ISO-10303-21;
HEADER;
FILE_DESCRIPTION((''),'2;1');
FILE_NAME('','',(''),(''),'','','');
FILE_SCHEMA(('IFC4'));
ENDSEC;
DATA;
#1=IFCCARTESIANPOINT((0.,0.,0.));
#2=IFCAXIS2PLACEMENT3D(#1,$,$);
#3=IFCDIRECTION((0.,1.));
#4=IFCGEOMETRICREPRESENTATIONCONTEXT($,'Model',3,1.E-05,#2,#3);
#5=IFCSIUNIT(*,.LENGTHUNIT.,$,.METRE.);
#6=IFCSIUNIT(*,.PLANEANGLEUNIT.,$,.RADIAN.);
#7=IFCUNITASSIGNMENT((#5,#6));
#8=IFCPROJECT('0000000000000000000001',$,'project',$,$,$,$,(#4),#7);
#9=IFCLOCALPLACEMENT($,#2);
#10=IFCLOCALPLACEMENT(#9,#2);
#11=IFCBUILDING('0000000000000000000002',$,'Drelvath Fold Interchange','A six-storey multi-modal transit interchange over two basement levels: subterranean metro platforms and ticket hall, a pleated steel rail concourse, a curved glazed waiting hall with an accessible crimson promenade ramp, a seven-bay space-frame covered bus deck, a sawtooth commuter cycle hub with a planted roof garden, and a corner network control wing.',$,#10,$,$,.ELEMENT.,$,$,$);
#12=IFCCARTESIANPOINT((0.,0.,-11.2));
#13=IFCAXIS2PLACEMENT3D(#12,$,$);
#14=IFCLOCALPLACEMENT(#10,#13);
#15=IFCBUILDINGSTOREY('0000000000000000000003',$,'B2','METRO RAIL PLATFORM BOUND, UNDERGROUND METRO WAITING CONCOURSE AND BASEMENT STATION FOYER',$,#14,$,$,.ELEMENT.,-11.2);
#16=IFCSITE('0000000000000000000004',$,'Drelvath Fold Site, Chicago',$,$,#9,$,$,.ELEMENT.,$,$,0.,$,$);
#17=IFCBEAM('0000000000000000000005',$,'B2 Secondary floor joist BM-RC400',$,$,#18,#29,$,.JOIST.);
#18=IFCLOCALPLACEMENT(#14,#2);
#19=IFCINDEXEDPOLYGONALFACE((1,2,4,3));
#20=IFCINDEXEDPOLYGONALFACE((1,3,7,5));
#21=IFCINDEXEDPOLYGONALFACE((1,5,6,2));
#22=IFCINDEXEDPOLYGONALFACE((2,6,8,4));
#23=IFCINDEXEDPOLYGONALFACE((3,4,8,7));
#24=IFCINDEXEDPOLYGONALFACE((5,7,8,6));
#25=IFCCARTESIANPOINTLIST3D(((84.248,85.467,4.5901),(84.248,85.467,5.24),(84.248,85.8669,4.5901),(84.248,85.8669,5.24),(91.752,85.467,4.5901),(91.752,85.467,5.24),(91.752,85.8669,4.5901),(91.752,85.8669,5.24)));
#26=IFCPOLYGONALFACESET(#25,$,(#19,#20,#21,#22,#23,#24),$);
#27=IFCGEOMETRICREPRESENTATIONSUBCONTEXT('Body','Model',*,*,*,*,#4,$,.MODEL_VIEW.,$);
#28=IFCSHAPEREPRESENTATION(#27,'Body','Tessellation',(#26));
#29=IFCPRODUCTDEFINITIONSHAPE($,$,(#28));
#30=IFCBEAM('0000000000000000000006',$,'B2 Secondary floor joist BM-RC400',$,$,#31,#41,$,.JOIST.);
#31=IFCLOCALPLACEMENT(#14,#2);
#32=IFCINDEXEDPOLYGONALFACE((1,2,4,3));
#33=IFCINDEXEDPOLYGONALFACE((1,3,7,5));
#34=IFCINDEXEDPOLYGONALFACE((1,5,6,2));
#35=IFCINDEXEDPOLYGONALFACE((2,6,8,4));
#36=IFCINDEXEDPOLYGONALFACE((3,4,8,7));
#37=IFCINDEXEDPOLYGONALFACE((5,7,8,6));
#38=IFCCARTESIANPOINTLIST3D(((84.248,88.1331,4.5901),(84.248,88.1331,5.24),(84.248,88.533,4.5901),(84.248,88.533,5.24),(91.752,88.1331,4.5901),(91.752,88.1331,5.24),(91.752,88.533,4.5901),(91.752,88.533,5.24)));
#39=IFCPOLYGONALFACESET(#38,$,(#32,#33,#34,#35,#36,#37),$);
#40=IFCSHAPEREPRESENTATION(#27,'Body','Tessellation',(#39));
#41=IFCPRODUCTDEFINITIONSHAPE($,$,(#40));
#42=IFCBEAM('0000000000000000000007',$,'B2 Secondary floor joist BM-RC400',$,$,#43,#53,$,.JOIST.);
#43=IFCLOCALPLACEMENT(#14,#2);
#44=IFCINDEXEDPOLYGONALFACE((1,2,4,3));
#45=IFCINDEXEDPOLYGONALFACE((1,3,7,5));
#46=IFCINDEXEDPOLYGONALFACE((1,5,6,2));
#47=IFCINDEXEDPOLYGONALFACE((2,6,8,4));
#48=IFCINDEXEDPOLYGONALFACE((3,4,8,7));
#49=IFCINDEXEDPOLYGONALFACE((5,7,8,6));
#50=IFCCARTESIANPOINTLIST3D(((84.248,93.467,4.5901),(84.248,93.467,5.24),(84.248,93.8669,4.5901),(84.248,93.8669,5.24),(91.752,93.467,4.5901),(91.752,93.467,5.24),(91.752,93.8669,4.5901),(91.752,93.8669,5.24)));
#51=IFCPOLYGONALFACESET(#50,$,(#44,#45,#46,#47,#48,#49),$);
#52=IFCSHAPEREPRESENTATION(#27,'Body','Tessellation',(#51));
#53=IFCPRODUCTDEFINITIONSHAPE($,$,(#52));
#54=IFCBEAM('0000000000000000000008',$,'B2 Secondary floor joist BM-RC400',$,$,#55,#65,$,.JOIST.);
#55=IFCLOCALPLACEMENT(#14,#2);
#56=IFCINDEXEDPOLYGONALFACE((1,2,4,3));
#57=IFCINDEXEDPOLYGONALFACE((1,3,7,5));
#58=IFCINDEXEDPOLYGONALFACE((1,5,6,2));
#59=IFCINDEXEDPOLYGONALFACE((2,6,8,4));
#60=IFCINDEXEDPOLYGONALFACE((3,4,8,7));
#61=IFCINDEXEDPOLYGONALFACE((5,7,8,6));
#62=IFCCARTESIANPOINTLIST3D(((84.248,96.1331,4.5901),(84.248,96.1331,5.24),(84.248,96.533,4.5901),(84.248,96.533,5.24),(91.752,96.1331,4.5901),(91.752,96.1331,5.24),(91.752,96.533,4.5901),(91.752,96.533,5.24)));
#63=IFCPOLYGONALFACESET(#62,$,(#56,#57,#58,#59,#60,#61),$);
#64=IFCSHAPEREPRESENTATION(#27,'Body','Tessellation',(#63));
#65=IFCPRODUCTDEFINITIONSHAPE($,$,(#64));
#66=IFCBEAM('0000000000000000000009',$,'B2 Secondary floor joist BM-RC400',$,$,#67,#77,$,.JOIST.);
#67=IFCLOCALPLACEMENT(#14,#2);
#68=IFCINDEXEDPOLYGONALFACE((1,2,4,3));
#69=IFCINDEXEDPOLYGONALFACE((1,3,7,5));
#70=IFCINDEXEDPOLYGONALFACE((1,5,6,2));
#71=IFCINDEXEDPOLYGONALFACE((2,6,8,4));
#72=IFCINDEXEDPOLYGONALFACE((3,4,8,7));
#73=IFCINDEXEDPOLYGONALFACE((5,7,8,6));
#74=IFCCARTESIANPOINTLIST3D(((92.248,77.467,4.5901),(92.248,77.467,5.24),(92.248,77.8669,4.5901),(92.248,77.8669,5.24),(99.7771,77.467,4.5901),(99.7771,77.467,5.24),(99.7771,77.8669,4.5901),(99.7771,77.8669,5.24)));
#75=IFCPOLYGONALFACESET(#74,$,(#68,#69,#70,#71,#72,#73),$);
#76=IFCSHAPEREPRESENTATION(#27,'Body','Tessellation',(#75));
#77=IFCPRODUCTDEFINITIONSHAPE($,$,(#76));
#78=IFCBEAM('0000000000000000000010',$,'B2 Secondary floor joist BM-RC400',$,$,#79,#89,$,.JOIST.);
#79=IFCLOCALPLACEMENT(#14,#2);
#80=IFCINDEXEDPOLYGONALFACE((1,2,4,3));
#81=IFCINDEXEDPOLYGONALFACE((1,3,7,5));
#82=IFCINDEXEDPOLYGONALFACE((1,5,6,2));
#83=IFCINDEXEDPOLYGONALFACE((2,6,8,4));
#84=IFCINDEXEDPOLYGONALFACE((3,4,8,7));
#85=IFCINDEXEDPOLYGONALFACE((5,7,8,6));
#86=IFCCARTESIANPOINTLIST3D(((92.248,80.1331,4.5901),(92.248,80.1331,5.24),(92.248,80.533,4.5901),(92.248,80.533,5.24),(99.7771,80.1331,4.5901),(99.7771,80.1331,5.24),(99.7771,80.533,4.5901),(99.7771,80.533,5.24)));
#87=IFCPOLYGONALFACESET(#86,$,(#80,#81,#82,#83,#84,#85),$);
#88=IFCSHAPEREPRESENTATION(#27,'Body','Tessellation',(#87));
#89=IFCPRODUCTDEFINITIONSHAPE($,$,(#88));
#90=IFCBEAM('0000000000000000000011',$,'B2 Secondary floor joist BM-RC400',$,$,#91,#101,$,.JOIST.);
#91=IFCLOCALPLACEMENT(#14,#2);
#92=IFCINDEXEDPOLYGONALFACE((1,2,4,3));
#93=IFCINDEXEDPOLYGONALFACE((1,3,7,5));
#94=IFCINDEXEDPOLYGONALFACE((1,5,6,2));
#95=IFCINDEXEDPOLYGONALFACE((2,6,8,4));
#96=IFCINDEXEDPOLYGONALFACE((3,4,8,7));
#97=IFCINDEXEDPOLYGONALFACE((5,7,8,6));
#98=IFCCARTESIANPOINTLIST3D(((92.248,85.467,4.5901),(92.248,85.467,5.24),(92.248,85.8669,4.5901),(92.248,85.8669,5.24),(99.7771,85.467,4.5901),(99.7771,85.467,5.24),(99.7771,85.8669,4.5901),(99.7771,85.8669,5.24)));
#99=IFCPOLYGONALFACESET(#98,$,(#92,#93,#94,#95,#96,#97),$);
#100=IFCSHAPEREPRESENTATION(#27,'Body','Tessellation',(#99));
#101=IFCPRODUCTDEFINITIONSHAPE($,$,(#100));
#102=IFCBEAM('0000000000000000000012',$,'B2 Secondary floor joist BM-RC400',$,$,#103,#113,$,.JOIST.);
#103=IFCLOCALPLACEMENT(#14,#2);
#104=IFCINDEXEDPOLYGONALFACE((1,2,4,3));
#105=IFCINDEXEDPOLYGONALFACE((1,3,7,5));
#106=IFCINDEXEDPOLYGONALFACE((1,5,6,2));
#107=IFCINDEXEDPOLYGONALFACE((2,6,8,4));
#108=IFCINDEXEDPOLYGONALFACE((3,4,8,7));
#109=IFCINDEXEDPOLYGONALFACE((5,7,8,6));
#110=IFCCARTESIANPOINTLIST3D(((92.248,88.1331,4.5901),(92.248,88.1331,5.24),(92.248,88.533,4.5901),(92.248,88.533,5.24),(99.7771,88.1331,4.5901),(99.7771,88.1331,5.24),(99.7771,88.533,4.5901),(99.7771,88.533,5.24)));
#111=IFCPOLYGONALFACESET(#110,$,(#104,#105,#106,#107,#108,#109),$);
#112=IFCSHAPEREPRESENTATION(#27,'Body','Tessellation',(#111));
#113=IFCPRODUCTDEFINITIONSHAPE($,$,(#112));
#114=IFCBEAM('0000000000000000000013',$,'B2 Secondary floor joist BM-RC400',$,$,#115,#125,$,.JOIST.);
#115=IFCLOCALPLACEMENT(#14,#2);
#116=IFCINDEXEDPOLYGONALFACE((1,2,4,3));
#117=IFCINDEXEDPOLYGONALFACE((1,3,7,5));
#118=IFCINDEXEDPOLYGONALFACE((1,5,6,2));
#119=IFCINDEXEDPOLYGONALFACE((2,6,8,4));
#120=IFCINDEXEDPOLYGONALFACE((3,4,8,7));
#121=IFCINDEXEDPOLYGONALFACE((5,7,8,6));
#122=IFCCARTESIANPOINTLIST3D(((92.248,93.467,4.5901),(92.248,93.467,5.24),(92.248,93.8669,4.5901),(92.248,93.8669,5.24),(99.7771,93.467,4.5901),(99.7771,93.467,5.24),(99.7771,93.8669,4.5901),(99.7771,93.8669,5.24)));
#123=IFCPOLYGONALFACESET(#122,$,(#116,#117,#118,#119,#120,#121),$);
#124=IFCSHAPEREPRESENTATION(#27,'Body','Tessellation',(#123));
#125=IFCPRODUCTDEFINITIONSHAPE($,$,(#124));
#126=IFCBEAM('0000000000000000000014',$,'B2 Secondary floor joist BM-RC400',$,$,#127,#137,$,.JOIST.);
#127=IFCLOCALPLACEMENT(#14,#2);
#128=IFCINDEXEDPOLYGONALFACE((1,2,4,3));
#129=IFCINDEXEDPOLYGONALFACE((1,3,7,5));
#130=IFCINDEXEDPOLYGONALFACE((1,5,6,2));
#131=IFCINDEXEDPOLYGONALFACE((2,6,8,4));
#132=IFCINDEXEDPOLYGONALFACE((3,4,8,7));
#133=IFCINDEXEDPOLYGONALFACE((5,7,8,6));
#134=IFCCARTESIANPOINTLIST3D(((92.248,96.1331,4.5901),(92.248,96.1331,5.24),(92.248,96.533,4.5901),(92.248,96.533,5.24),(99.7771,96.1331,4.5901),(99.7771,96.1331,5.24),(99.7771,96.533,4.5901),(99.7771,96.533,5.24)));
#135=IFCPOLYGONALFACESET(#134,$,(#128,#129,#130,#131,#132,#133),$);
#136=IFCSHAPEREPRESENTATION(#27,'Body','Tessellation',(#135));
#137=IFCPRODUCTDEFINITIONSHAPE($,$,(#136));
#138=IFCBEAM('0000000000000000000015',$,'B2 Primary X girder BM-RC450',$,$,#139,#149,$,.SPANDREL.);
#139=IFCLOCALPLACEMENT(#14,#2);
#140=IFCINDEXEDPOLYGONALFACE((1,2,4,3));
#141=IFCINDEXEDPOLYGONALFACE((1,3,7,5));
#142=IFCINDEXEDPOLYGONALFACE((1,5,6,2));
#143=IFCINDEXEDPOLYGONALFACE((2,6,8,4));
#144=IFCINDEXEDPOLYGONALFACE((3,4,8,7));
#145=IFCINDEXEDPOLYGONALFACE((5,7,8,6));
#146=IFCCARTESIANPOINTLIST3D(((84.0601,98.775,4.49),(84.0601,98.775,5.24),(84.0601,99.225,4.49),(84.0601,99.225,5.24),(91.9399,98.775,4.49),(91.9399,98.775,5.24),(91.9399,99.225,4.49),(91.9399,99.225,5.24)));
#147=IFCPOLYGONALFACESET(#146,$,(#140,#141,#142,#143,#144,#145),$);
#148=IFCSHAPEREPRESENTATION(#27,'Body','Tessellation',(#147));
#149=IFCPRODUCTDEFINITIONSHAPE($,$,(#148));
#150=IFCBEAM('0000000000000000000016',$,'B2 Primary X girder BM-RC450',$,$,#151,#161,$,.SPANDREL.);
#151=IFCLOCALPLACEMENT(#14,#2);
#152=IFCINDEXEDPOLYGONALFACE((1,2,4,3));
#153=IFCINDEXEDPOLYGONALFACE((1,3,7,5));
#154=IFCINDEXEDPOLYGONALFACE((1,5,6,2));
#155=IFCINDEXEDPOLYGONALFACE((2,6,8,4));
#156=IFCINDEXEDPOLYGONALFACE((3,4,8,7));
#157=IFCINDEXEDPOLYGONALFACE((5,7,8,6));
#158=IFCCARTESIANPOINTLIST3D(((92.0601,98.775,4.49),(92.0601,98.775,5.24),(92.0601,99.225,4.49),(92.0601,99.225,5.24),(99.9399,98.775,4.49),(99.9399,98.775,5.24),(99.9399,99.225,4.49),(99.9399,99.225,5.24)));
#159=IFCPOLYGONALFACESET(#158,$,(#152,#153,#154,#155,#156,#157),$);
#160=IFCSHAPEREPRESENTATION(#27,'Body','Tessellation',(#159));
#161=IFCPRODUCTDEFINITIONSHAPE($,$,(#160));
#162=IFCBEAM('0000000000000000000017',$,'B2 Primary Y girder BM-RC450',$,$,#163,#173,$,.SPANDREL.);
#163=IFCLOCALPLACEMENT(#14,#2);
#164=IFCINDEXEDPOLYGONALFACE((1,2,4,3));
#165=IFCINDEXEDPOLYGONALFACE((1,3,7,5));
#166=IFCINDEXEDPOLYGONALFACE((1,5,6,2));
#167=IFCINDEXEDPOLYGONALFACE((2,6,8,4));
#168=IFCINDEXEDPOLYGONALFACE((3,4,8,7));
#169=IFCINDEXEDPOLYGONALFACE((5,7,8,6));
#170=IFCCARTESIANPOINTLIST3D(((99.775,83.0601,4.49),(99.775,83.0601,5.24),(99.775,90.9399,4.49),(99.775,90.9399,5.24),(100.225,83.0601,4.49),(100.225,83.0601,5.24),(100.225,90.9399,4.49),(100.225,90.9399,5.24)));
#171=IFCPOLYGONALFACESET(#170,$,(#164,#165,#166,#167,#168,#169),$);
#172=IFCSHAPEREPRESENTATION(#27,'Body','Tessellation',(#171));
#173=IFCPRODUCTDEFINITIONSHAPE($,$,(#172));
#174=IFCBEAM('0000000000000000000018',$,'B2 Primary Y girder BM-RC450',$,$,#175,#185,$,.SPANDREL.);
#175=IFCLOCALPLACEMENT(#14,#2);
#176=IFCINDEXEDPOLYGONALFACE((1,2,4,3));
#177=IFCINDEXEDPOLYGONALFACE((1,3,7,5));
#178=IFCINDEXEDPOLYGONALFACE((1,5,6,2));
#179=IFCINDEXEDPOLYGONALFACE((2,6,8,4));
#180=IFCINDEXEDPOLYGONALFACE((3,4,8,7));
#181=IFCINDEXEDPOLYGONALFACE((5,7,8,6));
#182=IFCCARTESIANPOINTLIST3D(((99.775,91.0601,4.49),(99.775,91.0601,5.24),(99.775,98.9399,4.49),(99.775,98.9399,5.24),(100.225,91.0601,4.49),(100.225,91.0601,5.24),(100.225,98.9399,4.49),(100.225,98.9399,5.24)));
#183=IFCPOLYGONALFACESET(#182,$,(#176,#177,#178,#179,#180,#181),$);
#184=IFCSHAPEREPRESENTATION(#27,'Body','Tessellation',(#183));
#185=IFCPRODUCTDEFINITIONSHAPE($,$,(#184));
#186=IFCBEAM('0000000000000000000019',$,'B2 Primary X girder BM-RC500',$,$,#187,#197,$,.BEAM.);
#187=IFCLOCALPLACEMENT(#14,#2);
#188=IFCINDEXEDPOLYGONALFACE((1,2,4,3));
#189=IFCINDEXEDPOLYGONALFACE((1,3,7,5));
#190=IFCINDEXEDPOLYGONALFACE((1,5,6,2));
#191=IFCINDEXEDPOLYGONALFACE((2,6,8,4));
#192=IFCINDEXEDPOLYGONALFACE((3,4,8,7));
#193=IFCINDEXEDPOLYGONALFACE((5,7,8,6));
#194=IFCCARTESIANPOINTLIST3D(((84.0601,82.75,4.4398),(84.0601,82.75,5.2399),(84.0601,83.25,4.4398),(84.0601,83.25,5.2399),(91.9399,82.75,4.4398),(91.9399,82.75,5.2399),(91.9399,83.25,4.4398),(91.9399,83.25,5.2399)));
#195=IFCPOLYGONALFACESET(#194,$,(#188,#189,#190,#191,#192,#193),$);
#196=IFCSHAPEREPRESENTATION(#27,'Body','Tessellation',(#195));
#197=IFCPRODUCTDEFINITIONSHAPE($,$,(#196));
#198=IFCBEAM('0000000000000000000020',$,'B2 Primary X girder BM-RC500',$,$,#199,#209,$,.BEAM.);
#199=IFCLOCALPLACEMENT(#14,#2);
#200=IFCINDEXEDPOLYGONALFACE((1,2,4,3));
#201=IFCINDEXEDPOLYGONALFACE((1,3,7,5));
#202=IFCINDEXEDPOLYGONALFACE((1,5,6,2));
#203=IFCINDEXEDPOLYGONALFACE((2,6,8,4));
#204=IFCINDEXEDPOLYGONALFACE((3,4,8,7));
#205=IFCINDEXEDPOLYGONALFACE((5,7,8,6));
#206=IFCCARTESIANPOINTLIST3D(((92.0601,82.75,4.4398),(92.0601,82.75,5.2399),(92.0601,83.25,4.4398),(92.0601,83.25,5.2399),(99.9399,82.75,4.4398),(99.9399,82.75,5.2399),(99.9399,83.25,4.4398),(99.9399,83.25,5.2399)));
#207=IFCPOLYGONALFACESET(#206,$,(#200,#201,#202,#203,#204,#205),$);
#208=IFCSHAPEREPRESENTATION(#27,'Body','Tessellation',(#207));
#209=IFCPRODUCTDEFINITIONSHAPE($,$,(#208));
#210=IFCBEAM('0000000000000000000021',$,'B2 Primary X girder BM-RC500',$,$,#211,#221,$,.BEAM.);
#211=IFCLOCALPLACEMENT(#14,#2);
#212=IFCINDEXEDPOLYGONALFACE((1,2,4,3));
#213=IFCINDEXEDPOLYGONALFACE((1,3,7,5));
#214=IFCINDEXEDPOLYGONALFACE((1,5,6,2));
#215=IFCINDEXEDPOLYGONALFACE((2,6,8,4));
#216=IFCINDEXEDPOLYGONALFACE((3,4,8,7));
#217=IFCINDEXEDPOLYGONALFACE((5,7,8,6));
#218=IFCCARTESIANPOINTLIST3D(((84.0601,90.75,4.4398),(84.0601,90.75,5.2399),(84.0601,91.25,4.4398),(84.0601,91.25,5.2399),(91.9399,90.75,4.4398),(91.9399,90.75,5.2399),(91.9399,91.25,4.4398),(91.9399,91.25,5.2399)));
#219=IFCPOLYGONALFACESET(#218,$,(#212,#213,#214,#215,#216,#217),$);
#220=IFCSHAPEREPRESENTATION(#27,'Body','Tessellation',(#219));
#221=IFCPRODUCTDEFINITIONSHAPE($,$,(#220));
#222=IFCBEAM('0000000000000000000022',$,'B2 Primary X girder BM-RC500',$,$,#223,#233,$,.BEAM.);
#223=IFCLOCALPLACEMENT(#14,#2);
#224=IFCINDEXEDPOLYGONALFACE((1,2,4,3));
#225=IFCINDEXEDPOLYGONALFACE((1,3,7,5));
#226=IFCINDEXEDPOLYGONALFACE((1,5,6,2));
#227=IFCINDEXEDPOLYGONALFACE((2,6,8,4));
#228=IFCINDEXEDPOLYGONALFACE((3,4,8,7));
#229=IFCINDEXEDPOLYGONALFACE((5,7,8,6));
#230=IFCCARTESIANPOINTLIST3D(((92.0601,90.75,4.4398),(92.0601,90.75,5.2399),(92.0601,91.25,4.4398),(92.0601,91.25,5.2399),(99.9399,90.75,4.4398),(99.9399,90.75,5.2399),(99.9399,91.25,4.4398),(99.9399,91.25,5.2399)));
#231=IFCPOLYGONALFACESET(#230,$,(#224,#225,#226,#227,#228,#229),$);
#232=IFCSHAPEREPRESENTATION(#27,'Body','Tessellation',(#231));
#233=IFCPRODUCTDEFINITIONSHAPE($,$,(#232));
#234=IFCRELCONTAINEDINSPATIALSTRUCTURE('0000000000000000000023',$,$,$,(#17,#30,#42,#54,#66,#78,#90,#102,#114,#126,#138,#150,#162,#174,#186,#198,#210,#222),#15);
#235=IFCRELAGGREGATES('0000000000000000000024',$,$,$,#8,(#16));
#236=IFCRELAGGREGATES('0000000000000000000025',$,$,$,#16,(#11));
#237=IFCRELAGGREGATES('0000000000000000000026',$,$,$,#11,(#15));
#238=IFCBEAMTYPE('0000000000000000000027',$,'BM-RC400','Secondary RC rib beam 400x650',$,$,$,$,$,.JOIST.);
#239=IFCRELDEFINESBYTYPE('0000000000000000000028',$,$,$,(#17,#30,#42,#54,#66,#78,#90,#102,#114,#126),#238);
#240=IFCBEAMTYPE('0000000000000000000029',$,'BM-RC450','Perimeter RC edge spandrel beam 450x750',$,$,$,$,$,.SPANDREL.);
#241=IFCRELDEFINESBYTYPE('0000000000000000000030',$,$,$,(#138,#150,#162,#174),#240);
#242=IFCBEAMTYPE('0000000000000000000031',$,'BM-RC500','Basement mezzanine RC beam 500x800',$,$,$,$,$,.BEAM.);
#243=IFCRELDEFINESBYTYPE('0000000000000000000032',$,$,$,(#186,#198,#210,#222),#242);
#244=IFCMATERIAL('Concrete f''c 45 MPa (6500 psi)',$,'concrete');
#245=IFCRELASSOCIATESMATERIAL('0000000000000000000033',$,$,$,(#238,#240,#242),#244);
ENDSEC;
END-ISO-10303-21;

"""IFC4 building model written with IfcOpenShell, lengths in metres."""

from ifc_helpers import new_model, si_unit, direction, frame, origin, origin_2d, place, context, subcontext, project, spatial, rectangle, extrude, material, material_profile, profile_set, type_object, element, save


model = new_model("IFC4")

# Units and contexts
model_context = context("Model", 3, precision=1e-05, world=origin(), true_north=direction((0.0, 1.0)))
body_context = subcontext(model_context, "Body", "Model", "MODEL_VIEW")
ifc_project = project(units=[si_unit("LENGTHUNIT", "METRE"), si_unit("PLANEANGLEUNIT", "RADIAN")], contexts=[model_context])

# Site, building, storey
site_placement = place(None, origin())
site = spatial("IfcSite", under=ifc_project, at=site_placement, Name="Drelvath Fold Site, Chicago", CompositionType="ELEMENT", RefElevation=0.0)
building_placement = place(site_placement, origin())
building = spatial("IfcBuilding", under=site, at=building_placement, Name="Drelvath Fold Interchange", Description="A six-storey multi-modal transit interchange over two basement levels: subterranean metro platforms and ticket hall, a pleated steel rail concourse, a curved glazed waiting hall with an accessible crimson promenade ramp, a seven-bay space-frame covered bus deck, a sawtooth commuter cycle hub with a planted roof garden, and a corner network control wing.", CompositionType="ELEMENT")
storey_placement = place(building_placement, frame((0.0, 0.0, -11.2)))
storey = spatial("IfcBuildingStorey", under=building, at=storey_placement, Name="B2", Description="METRO RAIL PLATFORM BOUND, UNDERGROUND METRO WAITING CONCOURSE AND BASEMENT STATION FOYER", CompositionType="ELEMENT", Elevation=-11.2)

# Beams
ifc_material_1 = material(Name="Concrete f'c 45 MPa (6500 psi)", Category="concrete")
ifc_material_profile_1 = material_profile(ifc_material_1, rectangle(XDim=0.3999, YDim=0.6499, at=origin_2d()), Name="RC 400x650")
ifc_profile_set_1 = profile_set([ifc_material_profile_1], Name="Concrete f'c 45 MPa (6500 psi)")
beam_type_1 = type_object("IfcBeamType", Name="BM-RC400", Description="Secondary RC rib beam 400x650", PredefinedType="JOIST", material=ifc_profile_set_1)
for number, where, z_axis, x_axis, name in (
    (1, (84.248, 85.667, 4.915), (1.0, 0.0, 0.0), (0.0, 1.0, 0.0), "B2 Secondary floor joist BM-RC400"),
    (2, (84.248, 88.333, 4.915), (1.0, 0.0, 0.0), (0.0, 1.0, 0.0), "B2 Secondary floor joist BM-RC400"),
    (3, (84.248, 93.667, 4.915), (1.0, 0.0, 0.0), (0.0, 1.0, 0.0), "B2 Secondary floor joist BM-RC400"),
    (4, (84.248, 96.333, 4.915), (1.0, 0.0, 0.0), (0.0, 1.0, 0.0), "B2 Secondary floor joist BM-RC400"),
):
    element("IfcBeam", number, at=place(storey_placement, frame(where, z_axis=z_axis, x_axis=x_axis)), inside=storey, type_object=beam_type_1, Name=name, PredefinedType="JOIST", context=body_context, shape_type="SweptSolid", body=[
        extrude(rectangle(XDim=0.3999, YDim=0.6499, at=origin_2d()), origin(), (0.0, 0.0, 1.0), 7.5039),
    ])
for number, where, z_axis, x_axis, name in (
    (5, (92.248, 77.667, 4.915), (1.0, 0.0, 0.0), (0.0, 1.0, 0.0), "B2 Secondary floor joist BM-RC400"),
    (6, (92.248, 80.333, 4.915), (1.0, 0.0, 0.0), (0.0, 1.0, 0.0), "B2 Secondary floor joist BM-RC400"),
    (7, (92.248, 85.667, 4.915), (1.0, 0.0, 0.0), (0.0, 1.0, 0.0), "B2 Secondary floor joist BM-RC400"),
    (8, (92.248, 88.333, 4.915), (1.0, 0.0, 0.0), (0.0, 1.0, 0.0), "B2 Secondary floor joist BM-RC400"),
    (9, (92.248, 93.667, 4.915), (1.0, 0.0, 0.0), (0.0, 1.0, 0.0), "B2 Secondary floor joist BM-RC400"),
    (10, (92.248, 96.333, 4.915), (1.0, 0.0, 0.0), (0.0, 1.0, 0.0), "B2 Secondary floor joist BM-RC400"),
):
    element("IfcBeam", number, at=place(storey_placement, frame(where, z_axis=z_axis, x_axis=x_axis)), inside=storey, type_object=beam_type_1, Name=name, PredefinedType="JOIST", context=body_context, shape_type="SweptSolid", body=[
        extrude(rectangle(XDim=0.3999, YDim=0.6499, at=origin_2d()), origin(), (0.0, 0.0, 1.0), 7.5291),
    ])
ifc_material_profile_2 = material_profile(ifc_material_1, rectangle(XDim=0.45, YDim=0.75, at=origin_2d()), Name="RC 450x750")
ifc_profile_set_2 = profile_set([ifc_material_profile_2], Name="Concrete f'c 45 MPa (6500 psi)")
beam_type_2 = type_object("IfcBeamType", Name="BM-RC450", Description="Perimeter RC edge spandrel beam 450x750", PredefinedType="SPANDREL", material=ifc_profile_set_2)
for number, where, z_axis, x_axis, name in (
    (11, (84.0601, 99.0, 4.865), (1.0, 0.0, 0.0), (0.0, 1.0, 0.0), "B2 Primary X girder BM-RC450"),
    (12, (92.0601, 99.0, 4.865), (1.0, 0.0, 0.0), (0.0, 1.0, 0.0), "B2 Primary X girder BM-RC450"),
    (13, (100.0, 83.0601, 4.865), (0.0, 1.0, 0.0), (-1.0, 0.0, 0.0), "B2 Primary Y girder BM-RC450"),
    (14, (100.0, 91.0601, 4.865), (0.0, 1.0, 0.0), (-1.0, 0.0, 0.0), "B2 Primary Y girder BM-RC450"),
):
    element("IfcBeam", number, at=place(storey_placement, frame(where, z_axis=z_axis, x_axis=x_axis)), inside=storey, type_object=beam_type_2, Name=name, PredefinedType="SPANDREL", context=body_context, shape_type="SweptSolid", body=[
        extrude(rectangle(XDim=0.45, YDim=0.75, at=origin_2d()), origin(), (0.0, 0.0, 1.0), 7.8799),
    ])
ifc_material_profile_3 = material_profile(ifc_material_1, rectangle(XDim=0.5, YDim=0.8, at=origin_2d()), Name="RC 500x800")
ifc_profile_set_3 = profile_set([ifc_material_profile_3], Name="Concrete f'c 45 MPa (6500 psi)")
beam_type_3 = type_object("IfcBeamType", Name="BM-RC500", Description="Basement mezzanine RC beam 500x800", PredefinedType="BEAM", material=ifc_profile_set_3)
for number, where, z_axis, x_axis, name in (
    (15, (84.0601, 83.0, 4.8398), (1.0, 0.0, 0.0), (0.0, 1.0, 0.0), "B2 Primary X girder BM-RC500"),
    (16, (92.0601, 83.0, 4.8398), (1.0, 0.0, 0.0), (0.0, 1.0, 0.0), "B2 Primary X girder BM-RC500"),
    (17, (84.0601, 91.0, 4.8398), (1.0, 0.0, 0.0), (0.0, 1.0, 0.0), "B2 Primary X girder BM-RC500"),
    (18, (92.0601, 91.0, 4.8398), (1.0, 0.0, 0.0), (0.0, 1.0, 0.0), "B2 Primary X girder BM-RC500"),
):
    element("IfcBeam", number, at=place(storey_placement, frame(where, z_axis=z_axis, x_axis=x_axis)), inside=storey, type_object=beam_type_3, Name=name, PredefinedType="BEAM", context=body_context, shape_type="SweptSolid", body=[
        extrude(rectangle(XDim=0.5, YDim=0.8, at=origin_2d()), origin(), (0.0, 0.0, 1.0), 7.8799),
    ])

save(model, "model.ifc")
